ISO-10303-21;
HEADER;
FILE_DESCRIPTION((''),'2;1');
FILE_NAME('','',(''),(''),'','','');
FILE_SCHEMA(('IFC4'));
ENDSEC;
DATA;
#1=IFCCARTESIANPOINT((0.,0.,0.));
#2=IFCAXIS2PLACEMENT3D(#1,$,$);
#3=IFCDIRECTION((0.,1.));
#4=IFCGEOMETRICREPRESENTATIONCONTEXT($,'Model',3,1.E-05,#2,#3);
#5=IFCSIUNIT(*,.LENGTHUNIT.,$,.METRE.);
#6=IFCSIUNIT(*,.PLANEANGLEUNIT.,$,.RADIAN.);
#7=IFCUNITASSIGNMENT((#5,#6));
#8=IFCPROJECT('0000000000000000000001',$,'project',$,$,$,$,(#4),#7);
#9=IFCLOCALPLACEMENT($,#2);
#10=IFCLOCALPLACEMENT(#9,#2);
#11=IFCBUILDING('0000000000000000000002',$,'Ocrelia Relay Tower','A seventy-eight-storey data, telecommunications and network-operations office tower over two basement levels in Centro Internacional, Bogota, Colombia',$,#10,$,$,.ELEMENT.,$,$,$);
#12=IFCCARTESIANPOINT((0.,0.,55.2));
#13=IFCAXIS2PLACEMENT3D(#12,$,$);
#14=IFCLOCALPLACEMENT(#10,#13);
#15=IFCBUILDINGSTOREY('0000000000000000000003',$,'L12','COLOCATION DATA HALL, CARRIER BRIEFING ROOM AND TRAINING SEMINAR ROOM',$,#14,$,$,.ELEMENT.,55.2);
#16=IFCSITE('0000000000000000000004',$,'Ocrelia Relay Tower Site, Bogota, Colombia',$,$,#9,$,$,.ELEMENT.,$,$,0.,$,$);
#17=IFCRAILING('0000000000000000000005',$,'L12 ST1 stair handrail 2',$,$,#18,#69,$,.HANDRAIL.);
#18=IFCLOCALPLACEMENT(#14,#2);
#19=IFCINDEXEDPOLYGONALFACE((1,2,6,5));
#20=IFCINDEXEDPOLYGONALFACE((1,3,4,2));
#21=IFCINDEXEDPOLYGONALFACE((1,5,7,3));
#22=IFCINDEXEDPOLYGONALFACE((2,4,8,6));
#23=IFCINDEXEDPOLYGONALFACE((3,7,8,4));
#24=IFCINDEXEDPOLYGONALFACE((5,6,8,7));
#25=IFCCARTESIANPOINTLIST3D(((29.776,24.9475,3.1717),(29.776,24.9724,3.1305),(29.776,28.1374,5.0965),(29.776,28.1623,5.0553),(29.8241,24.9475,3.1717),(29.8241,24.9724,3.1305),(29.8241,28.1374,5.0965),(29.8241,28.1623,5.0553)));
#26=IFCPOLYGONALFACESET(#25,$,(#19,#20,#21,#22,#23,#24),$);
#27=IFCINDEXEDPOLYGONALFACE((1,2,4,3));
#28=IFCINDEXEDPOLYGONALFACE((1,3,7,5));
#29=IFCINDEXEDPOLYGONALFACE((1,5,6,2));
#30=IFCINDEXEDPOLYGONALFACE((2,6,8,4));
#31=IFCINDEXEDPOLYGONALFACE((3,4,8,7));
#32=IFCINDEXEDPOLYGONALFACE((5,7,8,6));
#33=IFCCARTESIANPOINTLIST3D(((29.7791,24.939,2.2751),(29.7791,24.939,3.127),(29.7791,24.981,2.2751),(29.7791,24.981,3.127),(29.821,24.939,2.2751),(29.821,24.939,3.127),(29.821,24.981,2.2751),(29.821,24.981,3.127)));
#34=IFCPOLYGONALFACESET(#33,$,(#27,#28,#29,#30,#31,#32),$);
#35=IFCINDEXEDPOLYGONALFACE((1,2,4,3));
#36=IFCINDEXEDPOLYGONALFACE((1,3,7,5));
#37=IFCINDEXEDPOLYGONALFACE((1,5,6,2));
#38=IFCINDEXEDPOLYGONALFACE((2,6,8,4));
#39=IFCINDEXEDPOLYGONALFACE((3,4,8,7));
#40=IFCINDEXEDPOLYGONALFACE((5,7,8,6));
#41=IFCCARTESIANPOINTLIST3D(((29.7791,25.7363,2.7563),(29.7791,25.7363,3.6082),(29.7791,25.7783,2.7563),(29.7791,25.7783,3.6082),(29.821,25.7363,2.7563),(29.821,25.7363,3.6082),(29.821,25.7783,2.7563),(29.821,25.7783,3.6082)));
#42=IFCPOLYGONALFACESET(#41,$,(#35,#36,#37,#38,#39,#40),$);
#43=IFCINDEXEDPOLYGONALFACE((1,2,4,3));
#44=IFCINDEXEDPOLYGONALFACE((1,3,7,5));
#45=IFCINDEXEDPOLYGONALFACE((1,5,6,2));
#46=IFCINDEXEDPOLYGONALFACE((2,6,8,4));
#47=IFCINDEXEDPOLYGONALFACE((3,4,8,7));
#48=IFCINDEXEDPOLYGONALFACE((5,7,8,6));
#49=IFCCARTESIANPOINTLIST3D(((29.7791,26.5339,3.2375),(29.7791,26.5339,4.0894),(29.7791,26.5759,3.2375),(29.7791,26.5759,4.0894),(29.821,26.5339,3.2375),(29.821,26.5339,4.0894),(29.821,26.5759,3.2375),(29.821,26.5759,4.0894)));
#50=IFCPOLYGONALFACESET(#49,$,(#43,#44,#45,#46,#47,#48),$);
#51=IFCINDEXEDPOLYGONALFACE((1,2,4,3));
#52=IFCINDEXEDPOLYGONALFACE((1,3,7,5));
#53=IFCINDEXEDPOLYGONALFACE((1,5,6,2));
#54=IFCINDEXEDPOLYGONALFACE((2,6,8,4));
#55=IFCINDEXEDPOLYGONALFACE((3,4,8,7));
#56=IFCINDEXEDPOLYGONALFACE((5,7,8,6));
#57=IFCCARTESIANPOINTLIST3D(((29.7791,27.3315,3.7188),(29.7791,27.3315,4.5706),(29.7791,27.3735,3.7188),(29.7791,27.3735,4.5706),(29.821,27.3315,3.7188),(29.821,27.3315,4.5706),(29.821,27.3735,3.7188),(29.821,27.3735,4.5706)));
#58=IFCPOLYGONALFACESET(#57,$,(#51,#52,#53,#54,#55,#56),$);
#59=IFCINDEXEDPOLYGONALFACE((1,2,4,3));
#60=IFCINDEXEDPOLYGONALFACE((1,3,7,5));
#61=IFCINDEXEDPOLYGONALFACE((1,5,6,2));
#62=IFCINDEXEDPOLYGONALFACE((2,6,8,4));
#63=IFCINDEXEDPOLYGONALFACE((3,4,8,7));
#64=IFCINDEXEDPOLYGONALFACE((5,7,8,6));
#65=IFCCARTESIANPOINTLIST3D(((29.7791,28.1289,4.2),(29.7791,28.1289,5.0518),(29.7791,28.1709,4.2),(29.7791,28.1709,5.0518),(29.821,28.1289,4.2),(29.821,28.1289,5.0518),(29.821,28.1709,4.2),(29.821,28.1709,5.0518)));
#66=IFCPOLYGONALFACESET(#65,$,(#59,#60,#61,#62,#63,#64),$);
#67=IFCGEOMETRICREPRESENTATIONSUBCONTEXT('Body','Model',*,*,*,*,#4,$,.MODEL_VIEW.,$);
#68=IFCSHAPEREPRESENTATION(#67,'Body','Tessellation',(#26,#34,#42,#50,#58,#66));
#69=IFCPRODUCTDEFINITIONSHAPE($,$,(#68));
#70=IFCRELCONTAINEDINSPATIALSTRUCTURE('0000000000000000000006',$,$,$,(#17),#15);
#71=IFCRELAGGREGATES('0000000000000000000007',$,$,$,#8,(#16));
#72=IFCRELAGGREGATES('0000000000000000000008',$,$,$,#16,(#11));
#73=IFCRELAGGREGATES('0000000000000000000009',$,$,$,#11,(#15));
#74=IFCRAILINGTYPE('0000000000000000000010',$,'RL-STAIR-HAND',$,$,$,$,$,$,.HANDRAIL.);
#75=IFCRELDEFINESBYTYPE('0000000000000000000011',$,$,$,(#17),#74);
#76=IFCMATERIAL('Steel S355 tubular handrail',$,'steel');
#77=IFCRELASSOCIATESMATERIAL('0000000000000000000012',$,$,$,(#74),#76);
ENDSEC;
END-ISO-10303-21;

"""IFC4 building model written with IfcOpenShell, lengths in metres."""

from ifc_helpers import new_model, si_unit, direction, frame, origin, origin_2d, place, context, subcontext, project, spatial, rectangle, extrude, material, type_object, element, save


model = new_model("IFC4")

# Units and contexts
model_context = context("Model", 3, precision=1e-05, world=origin(), true_north=direction((0.0, 1.0)))
body_context = subcontext(model_context, "Body", "Model", "MODEL_VIEW")
ifc_project = project(units=[si_unit("LENGTHUNIT", "METRE"), si_unit("PLANEANGLEUNIT", "RADIAN")], contexts=[model_context])

# Site, building, storey
site_placement = place(None, origin())
site = spatial("IfcSite", under=ifc_project, at=site_placement, Name="Ocrelia Relay Tower Site, Bogota, Colombia", CompositionType="ELEMENT", RefElevation=0.0)
building_placement = place(site_placement, origin())
building = spatial("IfcBuilding", under=site, at=building_placement, Name="Ocrelia Relay Tower", Description="A seventy-eight-storey data, telecommunications and network-operations office tower over two basement levels in Centro Internacional, Bogota, Colombia", CompositionType="ELEMENT")
storey_placement = place(building_placement, frame((0.0, 0.0, 55.2)))
storey = spatial("IfcBuildingStorey", under=building, at=storey_placement, Name="L12", Description="COLOCATION DATA HALL, CARRIER BRIEFING ROOM AND TRAINING SEMINAR ROOM", CompositionType="ELEMENT", Elevation=55.2)

# Railing
ifc_material_1 = material(Name="Steel S355 tubular handrail", Category="steel")
railing_type_1 = type_object("IfcRailingType", Name="RL-STAIR-HAND", PredefinedType="HANDRAIL", material=ifc_material_1)
railing_1_placement = place(storey_placement, frame((29.8, 24.96, 2.2751)))
element("IfcRailing", 1, at=railing_1_placement, inside=storey, type_object=railing_type_1, Name="L12 ST1 stair handrail 2", PredefinedType="HANDRAIL", context=body_context, shape_type="SweptSolid", body=[
    extrude(rectangle(XDim=0.0481, YDim=0.0481, at=origin_2d()), frame((0.0, 0.0, 0.876), z_axis=(0.0, 0.856207, 0.516633), x_axis=(-1.0, 0.0, 0.0)), (0.0, 0.0, 1.0), 3.7256),
    extrude(rectangle(XDim=0.042, YDim=0.042, at=origin_2d()), origin(), (0.0, 0.0, 1.0), 0.8518),
    extrude(rectangle(XDim=0.042, YDim=0.042, at=origin_2d()), frame((0.0, 0.7974, 0.4812)), (0.0, 0.0, 1.0), 0.8518),
    extrude(rectangle(XDim=0.042, YDim=0.042, at=origin_2d()), frame((0.0, 1.595, 0.9624)), (0.0, 0.0, 1.0), 0.8518),
    extrude(rectangle(XDim=0.042, YDim=0.042, at=origin_2d()), frame((0.0, 2.3926, 1.4436)), (0.0, 0.0, 1.0), 0.8518),
    extrude(rectangle(XDim=0.042, YDim=0.042, at=origin_2d()), frame((0.0, 3.1899, 1.9248)), (0.0, 0.0, 1.0), 0.8518),
])

save(model, "model.ifc")
